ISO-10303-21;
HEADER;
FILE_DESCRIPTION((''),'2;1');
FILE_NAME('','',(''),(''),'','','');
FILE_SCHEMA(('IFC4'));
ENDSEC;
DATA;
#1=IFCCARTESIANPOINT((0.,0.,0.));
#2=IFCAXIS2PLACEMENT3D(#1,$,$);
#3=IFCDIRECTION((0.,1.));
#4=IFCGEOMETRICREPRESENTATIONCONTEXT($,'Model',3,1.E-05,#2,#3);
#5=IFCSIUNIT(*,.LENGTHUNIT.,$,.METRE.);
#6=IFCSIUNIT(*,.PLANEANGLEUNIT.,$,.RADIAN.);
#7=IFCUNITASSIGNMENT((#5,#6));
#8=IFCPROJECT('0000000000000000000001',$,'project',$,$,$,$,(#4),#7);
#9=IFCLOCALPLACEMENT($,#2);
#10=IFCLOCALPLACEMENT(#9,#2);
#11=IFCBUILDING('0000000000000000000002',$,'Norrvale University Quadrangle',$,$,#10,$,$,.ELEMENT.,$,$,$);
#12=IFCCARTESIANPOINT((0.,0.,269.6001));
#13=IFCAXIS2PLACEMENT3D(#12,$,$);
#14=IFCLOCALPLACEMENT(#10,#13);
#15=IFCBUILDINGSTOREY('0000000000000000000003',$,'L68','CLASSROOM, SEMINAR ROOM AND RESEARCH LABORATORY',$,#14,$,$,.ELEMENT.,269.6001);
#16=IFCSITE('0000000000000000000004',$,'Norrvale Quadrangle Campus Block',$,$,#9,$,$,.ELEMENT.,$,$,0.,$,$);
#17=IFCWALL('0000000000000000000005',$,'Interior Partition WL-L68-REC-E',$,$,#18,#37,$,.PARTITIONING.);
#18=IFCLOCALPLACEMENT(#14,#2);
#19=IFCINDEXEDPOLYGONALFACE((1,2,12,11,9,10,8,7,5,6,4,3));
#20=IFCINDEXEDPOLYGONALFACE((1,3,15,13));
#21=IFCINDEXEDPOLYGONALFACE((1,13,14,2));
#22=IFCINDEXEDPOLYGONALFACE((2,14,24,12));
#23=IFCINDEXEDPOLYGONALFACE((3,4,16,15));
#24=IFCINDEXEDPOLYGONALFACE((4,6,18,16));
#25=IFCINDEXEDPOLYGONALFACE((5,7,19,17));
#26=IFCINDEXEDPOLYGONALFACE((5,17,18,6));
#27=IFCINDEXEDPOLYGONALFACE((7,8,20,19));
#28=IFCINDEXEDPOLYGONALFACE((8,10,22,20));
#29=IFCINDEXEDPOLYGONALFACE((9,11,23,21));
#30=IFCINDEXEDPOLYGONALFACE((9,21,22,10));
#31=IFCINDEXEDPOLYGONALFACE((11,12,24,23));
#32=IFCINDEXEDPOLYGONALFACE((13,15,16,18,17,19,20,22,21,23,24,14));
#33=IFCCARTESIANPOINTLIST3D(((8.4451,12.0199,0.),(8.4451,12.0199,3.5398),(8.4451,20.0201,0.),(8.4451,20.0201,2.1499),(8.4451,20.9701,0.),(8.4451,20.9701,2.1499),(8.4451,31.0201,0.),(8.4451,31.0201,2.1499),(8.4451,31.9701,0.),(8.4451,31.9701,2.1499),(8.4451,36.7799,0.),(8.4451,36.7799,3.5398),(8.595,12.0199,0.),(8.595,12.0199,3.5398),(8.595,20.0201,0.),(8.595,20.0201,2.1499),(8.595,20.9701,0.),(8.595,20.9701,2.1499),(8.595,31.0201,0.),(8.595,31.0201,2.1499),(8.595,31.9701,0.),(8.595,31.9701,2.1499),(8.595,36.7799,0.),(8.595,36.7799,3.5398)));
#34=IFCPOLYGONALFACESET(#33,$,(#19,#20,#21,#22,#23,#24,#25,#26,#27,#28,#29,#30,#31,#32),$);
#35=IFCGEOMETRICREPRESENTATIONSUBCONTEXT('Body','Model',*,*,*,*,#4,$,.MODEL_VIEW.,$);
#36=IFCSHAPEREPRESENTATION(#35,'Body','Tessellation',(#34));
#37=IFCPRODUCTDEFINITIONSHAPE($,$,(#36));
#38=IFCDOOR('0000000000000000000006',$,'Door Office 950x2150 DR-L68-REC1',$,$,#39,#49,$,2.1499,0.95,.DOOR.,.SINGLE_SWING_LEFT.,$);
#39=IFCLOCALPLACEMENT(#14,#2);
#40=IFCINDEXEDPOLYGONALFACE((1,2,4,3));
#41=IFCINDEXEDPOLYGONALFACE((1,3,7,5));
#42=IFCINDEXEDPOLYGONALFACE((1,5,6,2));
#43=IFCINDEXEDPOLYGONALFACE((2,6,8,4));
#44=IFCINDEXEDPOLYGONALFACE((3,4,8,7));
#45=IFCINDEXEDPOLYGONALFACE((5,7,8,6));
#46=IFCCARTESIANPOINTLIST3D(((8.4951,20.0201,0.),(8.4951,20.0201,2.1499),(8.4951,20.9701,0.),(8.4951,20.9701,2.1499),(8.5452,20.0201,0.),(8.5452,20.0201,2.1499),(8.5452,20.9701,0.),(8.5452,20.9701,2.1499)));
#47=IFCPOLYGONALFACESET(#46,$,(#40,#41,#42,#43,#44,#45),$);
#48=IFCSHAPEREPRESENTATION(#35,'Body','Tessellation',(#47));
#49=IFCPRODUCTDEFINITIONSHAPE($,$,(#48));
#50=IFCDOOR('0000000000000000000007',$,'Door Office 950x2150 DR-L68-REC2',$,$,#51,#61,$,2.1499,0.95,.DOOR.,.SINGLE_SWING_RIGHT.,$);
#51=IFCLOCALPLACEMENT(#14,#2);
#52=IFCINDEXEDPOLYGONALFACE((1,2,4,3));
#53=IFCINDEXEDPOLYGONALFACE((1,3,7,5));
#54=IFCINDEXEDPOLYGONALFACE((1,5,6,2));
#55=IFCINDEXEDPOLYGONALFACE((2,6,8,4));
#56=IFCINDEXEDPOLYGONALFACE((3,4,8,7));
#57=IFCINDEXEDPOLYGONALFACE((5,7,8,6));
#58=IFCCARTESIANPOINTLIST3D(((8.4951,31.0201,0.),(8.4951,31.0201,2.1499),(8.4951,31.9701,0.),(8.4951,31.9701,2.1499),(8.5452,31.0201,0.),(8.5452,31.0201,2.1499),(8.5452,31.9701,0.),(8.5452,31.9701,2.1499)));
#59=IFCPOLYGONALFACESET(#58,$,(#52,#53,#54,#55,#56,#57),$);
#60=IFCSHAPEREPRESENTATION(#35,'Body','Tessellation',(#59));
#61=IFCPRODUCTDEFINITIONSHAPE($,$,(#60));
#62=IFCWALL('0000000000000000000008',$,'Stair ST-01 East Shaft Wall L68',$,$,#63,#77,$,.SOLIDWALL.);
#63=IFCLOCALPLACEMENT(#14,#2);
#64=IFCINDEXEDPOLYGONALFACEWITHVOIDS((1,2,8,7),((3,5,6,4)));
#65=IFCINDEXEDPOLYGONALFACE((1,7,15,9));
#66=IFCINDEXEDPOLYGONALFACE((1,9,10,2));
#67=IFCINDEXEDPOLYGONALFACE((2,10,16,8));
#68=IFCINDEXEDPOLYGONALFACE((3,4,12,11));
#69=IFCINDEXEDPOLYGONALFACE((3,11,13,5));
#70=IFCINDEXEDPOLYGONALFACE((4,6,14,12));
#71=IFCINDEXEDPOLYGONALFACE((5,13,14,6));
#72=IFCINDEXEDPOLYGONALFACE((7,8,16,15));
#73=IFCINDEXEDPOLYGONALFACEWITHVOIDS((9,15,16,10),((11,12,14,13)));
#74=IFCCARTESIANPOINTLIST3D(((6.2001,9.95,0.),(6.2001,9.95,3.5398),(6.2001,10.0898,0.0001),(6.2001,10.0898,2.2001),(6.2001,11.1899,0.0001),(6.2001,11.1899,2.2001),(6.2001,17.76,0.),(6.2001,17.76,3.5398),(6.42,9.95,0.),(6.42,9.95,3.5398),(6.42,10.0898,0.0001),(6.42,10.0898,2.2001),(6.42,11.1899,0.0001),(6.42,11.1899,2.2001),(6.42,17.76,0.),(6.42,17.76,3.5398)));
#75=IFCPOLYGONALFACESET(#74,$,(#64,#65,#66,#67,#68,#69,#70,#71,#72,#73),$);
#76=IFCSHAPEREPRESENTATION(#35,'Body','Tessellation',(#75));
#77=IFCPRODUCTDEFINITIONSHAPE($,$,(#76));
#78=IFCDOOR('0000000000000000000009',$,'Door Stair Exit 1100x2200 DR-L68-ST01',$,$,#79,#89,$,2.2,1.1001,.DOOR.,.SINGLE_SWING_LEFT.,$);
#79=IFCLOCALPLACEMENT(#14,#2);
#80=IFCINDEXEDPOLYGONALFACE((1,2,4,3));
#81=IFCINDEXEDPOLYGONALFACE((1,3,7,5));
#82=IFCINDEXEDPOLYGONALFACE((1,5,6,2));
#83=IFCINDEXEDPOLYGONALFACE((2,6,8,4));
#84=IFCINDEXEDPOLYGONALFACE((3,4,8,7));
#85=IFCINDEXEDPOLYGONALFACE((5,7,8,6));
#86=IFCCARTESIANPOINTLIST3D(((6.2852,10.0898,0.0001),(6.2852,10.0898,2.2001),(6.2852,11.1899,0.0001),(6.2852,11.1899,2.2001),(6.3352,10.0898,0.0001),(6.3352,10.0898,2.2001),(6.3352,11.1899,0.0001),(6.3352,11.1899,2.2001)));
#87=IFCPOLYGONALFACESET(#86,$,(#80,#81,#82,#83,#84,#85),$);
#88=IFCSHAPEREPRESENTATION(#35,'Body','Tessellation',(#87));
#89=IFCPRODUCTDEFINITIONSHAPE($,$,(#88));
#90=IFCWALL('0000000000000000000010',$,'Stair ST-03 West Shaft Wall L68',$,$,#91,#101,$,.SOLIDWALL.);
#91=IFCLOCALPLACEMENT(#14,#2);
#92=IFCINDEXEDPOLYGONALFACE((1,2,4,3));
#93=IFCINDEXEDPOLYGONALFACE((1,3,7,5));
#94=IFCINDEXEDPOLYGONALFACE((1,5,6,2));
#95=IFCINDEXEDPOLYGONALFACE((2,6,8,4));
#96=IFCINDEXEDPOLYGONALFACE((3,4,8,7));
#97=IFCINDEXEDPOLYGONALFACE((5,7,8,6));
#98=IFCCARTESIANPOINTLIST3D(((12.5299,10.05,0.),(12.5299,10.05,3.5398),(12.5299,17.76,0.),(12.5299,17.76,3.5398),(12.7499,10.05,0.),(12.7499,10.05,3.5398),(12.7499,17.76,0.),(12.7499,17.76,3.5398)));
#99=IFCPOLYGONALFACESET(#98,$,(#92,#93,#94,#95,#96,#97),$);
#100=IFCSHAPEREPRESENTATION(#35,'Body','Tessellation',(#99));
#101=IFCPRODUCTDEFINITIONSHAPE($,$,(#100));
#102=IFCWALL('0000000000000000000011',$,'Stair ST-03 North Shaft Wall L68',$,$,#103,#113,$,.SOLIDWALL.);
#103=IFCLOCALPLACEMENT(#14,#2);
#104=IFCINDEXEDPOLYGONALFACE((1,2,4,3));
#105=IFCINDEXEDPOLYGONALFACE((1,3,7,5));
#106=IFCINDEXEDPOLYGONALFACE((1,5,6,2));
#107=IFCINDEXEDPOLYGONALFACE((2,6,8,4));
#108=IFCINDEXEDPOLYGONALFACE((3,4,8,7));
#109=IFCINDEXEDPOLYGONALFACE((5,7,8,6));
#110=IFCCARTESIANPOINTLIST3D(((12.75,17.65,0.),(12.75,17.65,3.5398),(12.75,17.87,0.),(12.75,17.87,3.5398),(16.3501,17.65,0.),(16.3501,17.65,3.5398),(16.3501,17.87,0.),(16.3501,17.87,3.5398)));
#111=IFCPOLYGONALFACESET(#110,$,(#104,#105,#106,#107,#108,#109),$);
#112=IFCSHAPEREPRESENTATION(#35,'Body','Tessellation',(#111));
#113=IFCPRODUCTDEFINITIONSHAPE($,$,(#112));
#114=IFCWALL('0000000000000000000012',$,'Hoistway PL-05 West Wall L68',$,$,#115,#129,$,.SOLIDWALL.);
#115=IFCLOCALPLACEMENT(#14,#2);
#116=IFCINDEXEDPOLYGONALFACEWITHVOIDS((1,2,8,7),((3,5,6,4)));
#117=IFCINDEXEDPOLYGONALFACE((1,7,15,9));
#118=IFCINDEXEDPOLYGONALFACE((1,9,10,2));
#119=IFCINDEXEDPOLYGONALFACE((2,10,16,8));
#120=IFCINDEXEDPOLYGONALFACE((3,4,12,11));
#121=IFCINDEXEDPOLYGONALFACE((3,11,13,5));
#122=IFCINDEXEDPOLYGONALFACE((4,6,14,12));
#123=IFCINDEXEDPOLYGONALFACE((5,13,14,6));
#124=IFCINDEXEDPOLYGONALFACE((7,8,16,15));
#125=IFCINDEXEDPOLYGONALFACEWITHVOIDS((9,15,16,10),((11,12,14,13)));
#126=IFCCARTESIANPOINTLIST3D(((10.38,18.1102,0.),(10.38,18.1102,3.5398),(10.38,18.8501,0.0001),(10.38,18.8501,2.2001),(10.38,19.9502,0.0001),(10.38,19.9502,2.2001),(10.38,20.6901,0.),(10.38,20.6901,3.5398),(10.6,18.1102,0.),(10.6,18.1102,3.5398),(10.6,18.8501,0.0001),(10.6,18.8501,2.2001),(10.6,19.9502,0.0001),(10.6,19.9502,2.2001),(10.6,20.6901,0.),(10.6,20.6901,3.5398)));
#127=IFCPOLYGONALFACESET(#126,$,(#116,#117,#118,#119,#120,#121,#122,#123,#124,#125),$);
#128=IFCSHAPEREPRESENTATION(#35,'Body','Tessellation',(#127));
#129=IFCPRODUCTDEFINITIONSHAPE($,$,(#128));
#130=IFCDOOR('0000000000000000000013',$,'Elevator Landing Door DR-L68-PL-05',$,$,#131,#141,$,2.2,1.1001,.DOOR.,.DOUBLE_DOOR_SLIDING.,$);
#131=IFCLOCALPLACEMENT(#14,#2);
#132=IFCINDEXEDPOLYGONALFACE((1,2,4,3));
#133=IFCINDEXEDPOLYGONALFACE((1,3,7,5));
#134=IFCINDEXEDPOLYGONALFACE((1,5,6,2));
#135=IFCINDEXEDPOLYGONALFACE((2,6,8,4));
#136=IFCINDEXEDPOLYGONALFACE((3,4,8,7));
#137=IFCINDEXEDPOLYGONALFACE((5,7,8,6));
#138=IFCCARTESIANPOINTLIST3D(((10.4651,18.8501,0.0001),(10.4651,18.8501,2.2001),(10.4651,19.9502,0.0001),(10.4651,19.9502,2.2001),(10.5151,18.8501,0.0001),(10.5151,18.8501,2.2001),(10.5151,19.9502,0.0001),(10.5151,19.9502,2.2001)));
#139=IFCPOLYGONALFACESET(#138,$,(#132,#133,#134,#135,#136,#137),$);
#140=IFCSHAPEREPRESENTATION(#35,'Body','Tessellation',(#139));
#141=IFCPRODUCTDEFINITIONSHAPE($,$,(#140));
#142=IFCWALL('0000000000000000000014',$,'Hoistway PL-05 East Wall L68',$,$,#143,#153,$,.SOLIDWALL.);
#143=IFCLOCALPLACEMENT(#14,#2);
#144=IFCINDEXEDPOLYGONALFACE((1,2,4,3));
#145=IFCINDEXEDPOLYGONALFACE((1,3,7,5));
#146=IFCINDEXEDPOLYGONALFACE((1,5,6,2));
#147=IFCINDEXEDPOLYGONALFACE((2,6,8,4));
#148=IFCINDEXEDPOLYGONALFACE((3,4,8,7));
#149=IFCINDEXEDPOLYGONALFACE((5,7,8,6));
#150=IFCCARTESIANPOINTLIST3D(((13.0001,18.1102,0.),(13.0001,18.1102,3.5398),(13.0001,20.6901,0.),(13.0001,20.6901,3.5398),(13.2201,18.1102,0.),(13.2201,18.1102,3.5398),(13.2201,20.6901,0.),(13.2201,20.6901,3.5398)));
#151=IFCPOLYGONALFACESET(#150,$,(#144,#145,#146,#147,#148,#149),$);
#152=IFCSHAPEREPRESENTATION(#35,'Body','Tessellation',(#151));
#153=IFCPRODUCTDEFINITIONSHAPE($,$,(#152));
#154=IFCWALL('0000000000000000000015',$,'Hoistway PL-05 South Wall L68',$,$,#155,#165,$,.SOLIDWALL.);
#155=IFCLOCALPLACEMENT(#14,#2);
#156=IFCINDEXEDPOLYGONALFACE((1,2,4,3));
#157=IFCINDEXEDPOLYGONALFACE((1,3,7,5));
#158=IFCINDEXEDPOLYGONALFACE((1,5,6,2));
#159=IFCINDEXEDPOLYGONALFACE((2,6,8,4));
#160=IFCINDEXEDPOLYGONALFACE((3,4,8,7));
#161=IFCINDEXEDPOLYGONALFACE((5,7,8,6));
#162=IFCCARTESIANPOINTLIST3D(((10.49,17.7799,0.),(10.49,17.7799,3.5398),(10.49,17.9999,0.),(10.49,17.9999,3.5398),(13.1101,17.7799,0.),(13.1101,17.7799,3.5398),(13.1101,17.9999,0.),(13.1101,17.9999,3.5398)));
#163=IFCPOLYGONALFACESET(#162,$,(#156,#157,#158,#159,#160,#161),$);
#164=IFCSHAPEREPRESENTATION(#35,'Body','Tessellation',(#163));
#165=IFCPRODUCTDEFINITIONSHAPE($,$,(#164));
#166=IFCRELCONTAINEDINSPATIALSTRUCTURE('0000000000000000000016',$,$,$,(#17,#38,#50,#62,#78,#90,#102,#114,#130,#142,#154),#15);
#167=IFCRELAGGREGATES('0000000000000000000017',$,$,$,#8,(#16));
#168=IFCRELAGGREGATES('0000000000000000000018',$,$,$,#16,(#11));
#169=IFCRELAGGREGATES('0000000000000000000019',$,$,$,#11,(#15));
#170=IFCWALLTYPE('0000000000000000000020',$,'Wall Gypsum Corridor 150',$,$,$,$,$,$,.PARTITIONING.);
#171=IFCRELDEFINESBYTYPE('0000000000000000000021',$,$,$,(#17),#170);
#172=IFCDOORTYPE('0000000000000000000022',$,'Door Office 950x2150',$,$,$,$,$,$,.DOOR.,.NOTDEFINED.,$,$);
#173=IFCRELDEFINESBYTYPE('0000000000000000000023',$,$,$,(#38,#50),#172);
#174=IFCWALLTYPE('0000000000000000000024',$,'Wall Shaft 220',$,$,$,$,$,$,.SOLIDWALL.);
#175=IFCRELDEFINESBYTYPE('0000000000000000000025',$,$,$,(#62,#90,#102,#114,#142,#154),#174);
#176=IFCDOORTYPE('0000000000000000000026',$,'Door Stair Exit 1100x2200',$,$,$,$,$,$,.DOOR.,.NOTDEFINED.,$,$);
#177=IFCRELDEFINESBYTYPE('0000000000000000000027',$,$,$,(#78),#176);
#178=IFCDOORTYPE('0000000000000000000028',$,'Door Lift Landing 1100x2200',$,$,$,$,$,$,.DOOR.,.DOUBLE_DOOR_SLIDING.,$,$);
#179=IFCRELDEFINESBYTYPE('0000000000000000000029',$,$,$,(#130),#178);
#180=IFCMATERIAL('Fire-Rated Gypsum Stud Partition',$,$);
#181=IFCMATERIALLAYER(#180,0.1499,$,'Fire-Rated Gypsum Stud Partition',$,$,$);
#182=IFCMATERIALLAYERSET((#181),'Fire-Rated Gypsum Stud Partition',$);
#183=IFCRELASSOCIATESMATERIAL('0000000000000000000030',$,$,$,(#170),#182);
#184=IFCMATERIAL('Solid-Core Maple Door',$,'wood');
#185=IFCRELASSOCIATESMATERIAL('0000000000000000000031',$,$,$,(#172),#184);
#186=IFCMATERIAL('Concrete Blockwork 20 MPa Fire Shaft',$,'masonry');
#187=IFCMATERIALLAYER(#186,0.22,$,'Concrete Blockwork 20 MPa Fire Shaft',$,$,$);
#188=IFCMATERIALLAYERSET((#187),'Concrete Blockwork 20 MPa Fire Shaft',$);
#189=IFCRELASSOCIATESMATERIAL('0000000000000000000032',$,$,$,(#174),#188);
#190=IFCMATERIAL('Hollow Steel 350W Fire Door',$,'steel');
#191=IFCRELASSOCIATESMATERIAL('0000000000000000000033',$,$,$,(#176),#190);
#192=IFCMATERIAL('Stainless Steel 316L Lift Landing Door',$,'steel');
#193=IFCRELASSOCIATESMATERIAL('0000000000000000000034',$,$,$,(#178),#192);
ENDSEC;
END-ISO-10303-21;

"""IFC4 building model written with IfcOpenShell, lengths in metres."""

from ifc_helpers import new_model, si_unit, direction, frame, frame_2d, origin, place, context, subcontext, project, spatial, rectangle, extrude, material, layer, layer_set, type_object, element, fill, save


model = new_model("IFC4")

# Units and contexts
model_context = context("Model", 3, precision=1e-05, world=origin(), true_north=direction((0.0, 1.0)))
body_context = subcontext(model_context, "Body", "Model", "MODEL_VIEW")
ifc_project = project(units=[si_unit("LENGTHUNIT", "METRE"), si_unit("PLANEANGLEUNIT", "RADIAN")], contexts=[model_context])

# Site, building, storey
site_placement = place(None, origin())
site = spatial("IfcSite", under=ifc_project, at=site_placement, Name="Norrvale Quadrangle Campus Block", CompositionType="ELEMENT", RefElevation=0.0)
building_placement = place(site_placement, origin())
building = spatial("IfcBuilding", under=site, at=building_placement, Name="Norrvale University Quadrangle", CompositionType="ELEMENT")
storey_placement = place(building_placement, frame((0.0, 0.0, 269.6001)))
storey = spatial("IfcBuildingStorey", under=building, at=storey_placement, Name="L68", Description="CLASSROOM, SEMINAR ROOM AND RESEARCH LABORATORY", CompositionType="ELEMENT", Elevation=269.6001)

# Shared definitions
ifc_material_1 = material(Name="Fire-Rated Gypsum Stud Partition")
ifc_layer_1 = layer(ifc_material_1, 0.1499, Name="Fire-Rated Gypsum Stud Partition")
ifc_layer_set_1 = layer_set([ifc_layer_1], Name="Fire-Rated Gypsum Stud Partition")
wall_type_1 = type_object("IfcWallType", Name="Wall Gypsum Corridor 150", PredefinedType="PARTITIONING", material=ifc_layer_set_1)

# Wall, openings, doors
wall_1_placement = place(storey_placement, frame((8.52, 12.02, 0.0), z_axis=(0.0, 0.0, 1.0), x_axis=(0.0, 1.0, 0.0)))
wall_1 = element("IfcWall", 1, at=wall_1_placement, inside=storey, type_object=wall_type_1, Name="Interior Partition WL-L68-REC-E", PredefinedType="PARTITIONING", context=body_context, shape_type="SweptSolid", body=[
    extrude(rectangle(XDim=24.76, YDim=0.1499, at=frame_2d((12.3799, 0.0))), origin(), (0.0, 0.0, 1.0), 3.5398),
])
opening_1_placement = place(wall_1_placement, frame((8.0, 0.0, 0.0)))
opening_1 = element("IfcOpeningElement", 2, at=opening_1_placement, cuts=wall_1, PredefinedType="OPENING", context=body_context, shape_type="SweptSolid", body=[
    extrude(rectangle(XDim=0.95, YDim=2.1499, at=frame_2d((0.4751, 1.075))), frame((0.0, 0.0869, 0.0), z_axis=(0.0, -1.0, 0.0), x_axis=(1.0, 0.0, 0.0)), (0.0, 0.0, 1.0), 0.1738),
])
opening_2_placement = place(wall_1_placement, frame((19.0, 0.0, 0.0)))
opening_2 = element("IfcOpeningElement", 3, at=opening_2_placement, cuts=wall_1, PredefinedType="OPENING", context=body_context, shape_type="SweptSolid", body=[
    extrude(rectangle(XDim=0.95, YDim=2.1499, at=frame_2d((0.4751, 1.075))), frame((0.0, 0.0869, 0.0), z_axis=(0.0, -1.0, 0.0), x_axis=(1.0, 0.0, 0.0)), (0.0, 0.0, 1.0), 0.1738),
])
ifc_material_2 = material(Name="Solid-Core Maple Door", Category="wood")
door_type_1 = type_object("IfcDoorType", Name="Door Office 950x2150", OperationType="NOTDEFINED", PredefinedType="DOOR", material=ifc_material_2)
door_1_placement = place(opening_1_placement, origin())
door_1 = element("IfcDoor", 4, at=door_1_placement, inside=storey, type_object=door_type_1, Name="Door Office 950x2150 DR-L68-REC1", OperationType="SINGLE_SWING_LEFT", OverallHeight=2.1499, OverallWidth=0.95, PredefinedType="DOOR", context=body_context, shape_type="SweptSolid", body=[
    extrude(rectangle(XDim=0.95, YDim=2.1499, at=frame_2d((0.4751, 1.075))), frame((0.0, 0.0249, 0.0), z_axis=(0.0, -1.0, 0.0), x_axis=(1.0, 0.0, 0.0)), (0.0, 0.0, 1.0), 0.05),
])
fill(opening_1, door_1)
door_2_placement = place(opening_2_placement, origin())
door_2 = element("IfcDoor", 5, at=door_2_placement, inside=storey, type_object=door_type_1, Name="Door Office 950x2150 DR-L68-REC2", OperationType="SINGLE_SWING_RIGHT", OverallHeight=2.1499, OverallWidth=0.95, PredefinedType="DOOR", context=body_context, shape_type="SweptSolid", body=[
    extrude(rectangle(XDim=0.95, YDim=2.1499, at=frame_2d((0.4751, 1.075))), frame((0.0, 0.0249, 0.0), z_axis=(0.0, -1.0, 0.0), x_axis=(1.0, 0.0, 0.0)), (0.0, 0.0, 1.0), 0.05),
])
fill(opening_2, door_2)

# Wall, opening, door
ifc_material_3 = material(Name="Concrete Blockwork 20 MPa Fire Shaft", Category="masonry")
ifc_layer_2 = layer(ifc_material_3, 0.22, Name="Concrete Blockwork 20 MPa Fire Shaft")
ifc_layer_set_2 = layer_set([ifc_layer_2], Name="Concrete Blockwork 20 MPa Fire Shaft")
wall_type_2 = type_object("IfcWallType", Name="Wall Shaft 220", PredefinedType="SOLIDWALL", material=ifc_layer_set_2)
wall_2_placement = place(storey_placement, frame((6.3101, 9.95, 0.0), z_axis=(0.0, 0.0, 1.0), x_axis=(0.0, 1.0, 0.0)))
wall_2 = element("IfcWall", 6, at=wall_2_placement, inside=storey, type_object=wall_type_2, Name="Stair ST-01 East Shaft Wall L68", PredefinedType="SOLIDWALL", context=body_context, shape_type="SweptSolid", body=[
    extrude(rectangle(XDim=7.8101, YDim=0.22, at=frame_2d((3.905, 0.0))), origin(), (0.0, 0.0, 1.0), 3.5398),
])
opening_3_placement = place(wall_2_placement, frame((0.1399, 0.0, 0.0)))
opening_3 = element("IfcOpeningElement", 7, at=opening_3_placement, cuts=wall_2, PredefinedType="OPENING", context=body_context, shape_type="SweptSolid", body=[
    extrude(rectangle(XDim=1.1001, YDim=2.2, at=frame_2d((0.55, 1.1001))), frame((0.0, 0.1221, 0.0), z_axis=(0.0, -1.0, 0.0), x_axis=(1.0, 0.0, 0.0)), (0.0, 0.0, 1.0), 0.2439),
])
ifc_material_4 = material(Name="Hollow Steel 350W Fire Door", Category="steel")
door_type_2 = type_object("IfcDoorType", Name="Door Stair Exit 1100x2200", OperationType="NOTDEFINED", PredefinedType="DOOR", material=ifc_material_4)
door_3_placement = place(opening_3_placement, origin())
door_3 = element("IfcDoor", 8, at=door_3_placement, inside=storey, type_object=door_type_2, Name="Door Stair Exit 1100x2200 DR-L68-ST01", OperationType="SINGLE_SWING_LEFT", OverallHeight=2.2, OverallWidth=1.1001, PredefinedType="DOOR", context=body_context, shape_type="SweptSolid", body=[
    extrude(rectangle(XDim=1.1001, YDim=2.2, at=frame_2d((0.55, 1.1001))), frame((0.0, 0.0249, 0.0), z_axis=(0.0, -1.0, 0.0), x_axis=(1.0, 0.0, 0.0)), (0.0, 0.0, 1.0), 0.05),
])
fill(opening_3, door_3)

# Walls
wall_3_placement = place(storey_placement, frame((12.6399, 10.05, 0.0), z_axis=(0.0, 0.0, 1.0), x_axis=(0.0, 1.0, 0.0)))
element("IfcWall", 9, at=wall_3_placement, inside=storey, type_object=wall_type_2, Name="Stair ST-03 West Shaft Wall L68", PredefinedType="SOLIDWALL", context=body_context, shape_type="SweptSolid", body=[
    extrude(rectangle(XDim=7.71, YDim=0.22, at=frame_2d((3.855, 0.0))), origin(), (0.0, 0.0, 1.0), 3.5398),
])
wall_4_placement = place(storey_placement, frame((12.75, 17.76, 0.0), z_axis=(0.0, 0.0, 1.0), x_axis=(1.0, 0.0, 0.0)))
element("IfcWall", 10, at=wall_4_placement, inside=storey, type_object=wall_type_2, Name="Stair ST-03 North Shaft Wall L68", PredefinedType="SOLIDWALL", context=body_context, shape_type="SweptSolid", body=[
    extrude(rectangle(XDim=3.6001, YDim=0.22, at=frame_2d((1.8, 0.0))), origin(), (0.0, 0.0, 1.0), 3.5398),
])

# Wall, opening, door
wall_5_placement = place(storey_placement, frame((10.49, 18.1101, 0.0), z_axis=(0.0, 0.0, 1.0), x_axis=(0.0, 1.0, 0.0)))
wall_5 = element("IfcWall", 11, at=wall_5_placement, inside=storey, type_object=wall_type_2, Name="Hoistway PL-05 West Wall L68", PredefinedType="SOLIDWALL", context=body_context, shape_type="SweptSolid", body=[
    extrude(rectangle(XDim=2.5798, YDim=0.22, at=frame_2d((1.29, 0.0))), origin(), (0.0, 0.0, 1.0), 3.5398),
])
opening_4_placement = place(wall_5_placement, frame((0.74, 0.0, 0.0)))
opening_4 = element("IfcOpeningElement", 12, at=opening_4_placement, cuts=wall_5, PredefinedType="OPENING", context=body_context, shape_type="SweptSolid", body=[
    extrude(rectangle(XDim=1.1001, YDim=2.2, at=frame_2d((0.55, 1.1001))), frame((0.0, 0.1221, 0.0), z_axis=(0.0, -1.0, 0.0), x_axis=(1.0, 0.0, 0.0)), (0.0, 0.0, 1.0), 0.2439),
])
ifc_material_5 = material(Name="Stainless Steel 316L Lift Landing Door", Category="steel")
door_type_3 = type_object("IfcDoorType", Name="Door Lift Landing 1100x2200", OperationType="DOUBLE_DOOR_SLIDING", PredefinedType="DOOR", material=ifc_material_5)
door_4_placement = place(opening_4_placement, origin())
door_4 = element("IfcDoor", 13, at=door_4_placement, inside=storey, type_object=door_type_3, Name="Elevator Landing Door DR-L68-PL-05", OperationType="DOUBLE_DOOR_SLIDING", OverallHeight=2.2, OverallWidth=1.1001, PredefinedType="DOOR", context=body_context, shape_type="SweptSolid", body=[
    extrude(rectangle(XDim=1.1001, YDim=2.2, at=frame_2d((0.55, 1.1001))), frame((0.0, 0.0249, 0.0), z_axis=(0.0, -1.0, 0.0), x_axis=(1.0, 0.0, 0.0)), (0.0, 0.0, 1.0), 0.05),
])
fill(opening_4, door_4)

# Walls
wall_6_placement = place(storey_placement, frame((13.1101, 18.1101, 0.0), z_axis=(0.0, 0.0, 1.0), x_axis=(0.0, 1.0, 0.0)))
element("IfcWall", 14, at=wall_6_placement, inside=storey, type_object=wall_type_2, Name="Hoistway PL-05 East Wall L68", PredefinedType="SOLIDWALL", context=body_context, shape_type="SweptSolid", body=[
    extrude(rectangle(XDim=2.5798, YDim=0.22, at=frame_2d((1.29, 0.0))), origin(), (0.0, 0.0, 1.0), 3.5398),
])
wall_7_placement = place(storey_placement, frame((10.49, 17.8899, 0.0), z_axis=(0.0, 0.0, 1.0), x_axis=(1.0, 0.0, 0.0)))
element("IfcWall", 15, at=wall_7_placement, inside=storey, type_object=wall_type_2, Name="Hoistway PL-05 South Wall L68", PredefinedType="SOLIDWALL", context=body_context, shape_type="SweptSolid", body=[
    extrude(rectangle(XDim=2.6201, YDim=0.22, at=frame_2d((1.3101, 0.0))), origin(), (0.0, 0.0, 1.0), 3.5398),
])

save(model, "model.ifc")
